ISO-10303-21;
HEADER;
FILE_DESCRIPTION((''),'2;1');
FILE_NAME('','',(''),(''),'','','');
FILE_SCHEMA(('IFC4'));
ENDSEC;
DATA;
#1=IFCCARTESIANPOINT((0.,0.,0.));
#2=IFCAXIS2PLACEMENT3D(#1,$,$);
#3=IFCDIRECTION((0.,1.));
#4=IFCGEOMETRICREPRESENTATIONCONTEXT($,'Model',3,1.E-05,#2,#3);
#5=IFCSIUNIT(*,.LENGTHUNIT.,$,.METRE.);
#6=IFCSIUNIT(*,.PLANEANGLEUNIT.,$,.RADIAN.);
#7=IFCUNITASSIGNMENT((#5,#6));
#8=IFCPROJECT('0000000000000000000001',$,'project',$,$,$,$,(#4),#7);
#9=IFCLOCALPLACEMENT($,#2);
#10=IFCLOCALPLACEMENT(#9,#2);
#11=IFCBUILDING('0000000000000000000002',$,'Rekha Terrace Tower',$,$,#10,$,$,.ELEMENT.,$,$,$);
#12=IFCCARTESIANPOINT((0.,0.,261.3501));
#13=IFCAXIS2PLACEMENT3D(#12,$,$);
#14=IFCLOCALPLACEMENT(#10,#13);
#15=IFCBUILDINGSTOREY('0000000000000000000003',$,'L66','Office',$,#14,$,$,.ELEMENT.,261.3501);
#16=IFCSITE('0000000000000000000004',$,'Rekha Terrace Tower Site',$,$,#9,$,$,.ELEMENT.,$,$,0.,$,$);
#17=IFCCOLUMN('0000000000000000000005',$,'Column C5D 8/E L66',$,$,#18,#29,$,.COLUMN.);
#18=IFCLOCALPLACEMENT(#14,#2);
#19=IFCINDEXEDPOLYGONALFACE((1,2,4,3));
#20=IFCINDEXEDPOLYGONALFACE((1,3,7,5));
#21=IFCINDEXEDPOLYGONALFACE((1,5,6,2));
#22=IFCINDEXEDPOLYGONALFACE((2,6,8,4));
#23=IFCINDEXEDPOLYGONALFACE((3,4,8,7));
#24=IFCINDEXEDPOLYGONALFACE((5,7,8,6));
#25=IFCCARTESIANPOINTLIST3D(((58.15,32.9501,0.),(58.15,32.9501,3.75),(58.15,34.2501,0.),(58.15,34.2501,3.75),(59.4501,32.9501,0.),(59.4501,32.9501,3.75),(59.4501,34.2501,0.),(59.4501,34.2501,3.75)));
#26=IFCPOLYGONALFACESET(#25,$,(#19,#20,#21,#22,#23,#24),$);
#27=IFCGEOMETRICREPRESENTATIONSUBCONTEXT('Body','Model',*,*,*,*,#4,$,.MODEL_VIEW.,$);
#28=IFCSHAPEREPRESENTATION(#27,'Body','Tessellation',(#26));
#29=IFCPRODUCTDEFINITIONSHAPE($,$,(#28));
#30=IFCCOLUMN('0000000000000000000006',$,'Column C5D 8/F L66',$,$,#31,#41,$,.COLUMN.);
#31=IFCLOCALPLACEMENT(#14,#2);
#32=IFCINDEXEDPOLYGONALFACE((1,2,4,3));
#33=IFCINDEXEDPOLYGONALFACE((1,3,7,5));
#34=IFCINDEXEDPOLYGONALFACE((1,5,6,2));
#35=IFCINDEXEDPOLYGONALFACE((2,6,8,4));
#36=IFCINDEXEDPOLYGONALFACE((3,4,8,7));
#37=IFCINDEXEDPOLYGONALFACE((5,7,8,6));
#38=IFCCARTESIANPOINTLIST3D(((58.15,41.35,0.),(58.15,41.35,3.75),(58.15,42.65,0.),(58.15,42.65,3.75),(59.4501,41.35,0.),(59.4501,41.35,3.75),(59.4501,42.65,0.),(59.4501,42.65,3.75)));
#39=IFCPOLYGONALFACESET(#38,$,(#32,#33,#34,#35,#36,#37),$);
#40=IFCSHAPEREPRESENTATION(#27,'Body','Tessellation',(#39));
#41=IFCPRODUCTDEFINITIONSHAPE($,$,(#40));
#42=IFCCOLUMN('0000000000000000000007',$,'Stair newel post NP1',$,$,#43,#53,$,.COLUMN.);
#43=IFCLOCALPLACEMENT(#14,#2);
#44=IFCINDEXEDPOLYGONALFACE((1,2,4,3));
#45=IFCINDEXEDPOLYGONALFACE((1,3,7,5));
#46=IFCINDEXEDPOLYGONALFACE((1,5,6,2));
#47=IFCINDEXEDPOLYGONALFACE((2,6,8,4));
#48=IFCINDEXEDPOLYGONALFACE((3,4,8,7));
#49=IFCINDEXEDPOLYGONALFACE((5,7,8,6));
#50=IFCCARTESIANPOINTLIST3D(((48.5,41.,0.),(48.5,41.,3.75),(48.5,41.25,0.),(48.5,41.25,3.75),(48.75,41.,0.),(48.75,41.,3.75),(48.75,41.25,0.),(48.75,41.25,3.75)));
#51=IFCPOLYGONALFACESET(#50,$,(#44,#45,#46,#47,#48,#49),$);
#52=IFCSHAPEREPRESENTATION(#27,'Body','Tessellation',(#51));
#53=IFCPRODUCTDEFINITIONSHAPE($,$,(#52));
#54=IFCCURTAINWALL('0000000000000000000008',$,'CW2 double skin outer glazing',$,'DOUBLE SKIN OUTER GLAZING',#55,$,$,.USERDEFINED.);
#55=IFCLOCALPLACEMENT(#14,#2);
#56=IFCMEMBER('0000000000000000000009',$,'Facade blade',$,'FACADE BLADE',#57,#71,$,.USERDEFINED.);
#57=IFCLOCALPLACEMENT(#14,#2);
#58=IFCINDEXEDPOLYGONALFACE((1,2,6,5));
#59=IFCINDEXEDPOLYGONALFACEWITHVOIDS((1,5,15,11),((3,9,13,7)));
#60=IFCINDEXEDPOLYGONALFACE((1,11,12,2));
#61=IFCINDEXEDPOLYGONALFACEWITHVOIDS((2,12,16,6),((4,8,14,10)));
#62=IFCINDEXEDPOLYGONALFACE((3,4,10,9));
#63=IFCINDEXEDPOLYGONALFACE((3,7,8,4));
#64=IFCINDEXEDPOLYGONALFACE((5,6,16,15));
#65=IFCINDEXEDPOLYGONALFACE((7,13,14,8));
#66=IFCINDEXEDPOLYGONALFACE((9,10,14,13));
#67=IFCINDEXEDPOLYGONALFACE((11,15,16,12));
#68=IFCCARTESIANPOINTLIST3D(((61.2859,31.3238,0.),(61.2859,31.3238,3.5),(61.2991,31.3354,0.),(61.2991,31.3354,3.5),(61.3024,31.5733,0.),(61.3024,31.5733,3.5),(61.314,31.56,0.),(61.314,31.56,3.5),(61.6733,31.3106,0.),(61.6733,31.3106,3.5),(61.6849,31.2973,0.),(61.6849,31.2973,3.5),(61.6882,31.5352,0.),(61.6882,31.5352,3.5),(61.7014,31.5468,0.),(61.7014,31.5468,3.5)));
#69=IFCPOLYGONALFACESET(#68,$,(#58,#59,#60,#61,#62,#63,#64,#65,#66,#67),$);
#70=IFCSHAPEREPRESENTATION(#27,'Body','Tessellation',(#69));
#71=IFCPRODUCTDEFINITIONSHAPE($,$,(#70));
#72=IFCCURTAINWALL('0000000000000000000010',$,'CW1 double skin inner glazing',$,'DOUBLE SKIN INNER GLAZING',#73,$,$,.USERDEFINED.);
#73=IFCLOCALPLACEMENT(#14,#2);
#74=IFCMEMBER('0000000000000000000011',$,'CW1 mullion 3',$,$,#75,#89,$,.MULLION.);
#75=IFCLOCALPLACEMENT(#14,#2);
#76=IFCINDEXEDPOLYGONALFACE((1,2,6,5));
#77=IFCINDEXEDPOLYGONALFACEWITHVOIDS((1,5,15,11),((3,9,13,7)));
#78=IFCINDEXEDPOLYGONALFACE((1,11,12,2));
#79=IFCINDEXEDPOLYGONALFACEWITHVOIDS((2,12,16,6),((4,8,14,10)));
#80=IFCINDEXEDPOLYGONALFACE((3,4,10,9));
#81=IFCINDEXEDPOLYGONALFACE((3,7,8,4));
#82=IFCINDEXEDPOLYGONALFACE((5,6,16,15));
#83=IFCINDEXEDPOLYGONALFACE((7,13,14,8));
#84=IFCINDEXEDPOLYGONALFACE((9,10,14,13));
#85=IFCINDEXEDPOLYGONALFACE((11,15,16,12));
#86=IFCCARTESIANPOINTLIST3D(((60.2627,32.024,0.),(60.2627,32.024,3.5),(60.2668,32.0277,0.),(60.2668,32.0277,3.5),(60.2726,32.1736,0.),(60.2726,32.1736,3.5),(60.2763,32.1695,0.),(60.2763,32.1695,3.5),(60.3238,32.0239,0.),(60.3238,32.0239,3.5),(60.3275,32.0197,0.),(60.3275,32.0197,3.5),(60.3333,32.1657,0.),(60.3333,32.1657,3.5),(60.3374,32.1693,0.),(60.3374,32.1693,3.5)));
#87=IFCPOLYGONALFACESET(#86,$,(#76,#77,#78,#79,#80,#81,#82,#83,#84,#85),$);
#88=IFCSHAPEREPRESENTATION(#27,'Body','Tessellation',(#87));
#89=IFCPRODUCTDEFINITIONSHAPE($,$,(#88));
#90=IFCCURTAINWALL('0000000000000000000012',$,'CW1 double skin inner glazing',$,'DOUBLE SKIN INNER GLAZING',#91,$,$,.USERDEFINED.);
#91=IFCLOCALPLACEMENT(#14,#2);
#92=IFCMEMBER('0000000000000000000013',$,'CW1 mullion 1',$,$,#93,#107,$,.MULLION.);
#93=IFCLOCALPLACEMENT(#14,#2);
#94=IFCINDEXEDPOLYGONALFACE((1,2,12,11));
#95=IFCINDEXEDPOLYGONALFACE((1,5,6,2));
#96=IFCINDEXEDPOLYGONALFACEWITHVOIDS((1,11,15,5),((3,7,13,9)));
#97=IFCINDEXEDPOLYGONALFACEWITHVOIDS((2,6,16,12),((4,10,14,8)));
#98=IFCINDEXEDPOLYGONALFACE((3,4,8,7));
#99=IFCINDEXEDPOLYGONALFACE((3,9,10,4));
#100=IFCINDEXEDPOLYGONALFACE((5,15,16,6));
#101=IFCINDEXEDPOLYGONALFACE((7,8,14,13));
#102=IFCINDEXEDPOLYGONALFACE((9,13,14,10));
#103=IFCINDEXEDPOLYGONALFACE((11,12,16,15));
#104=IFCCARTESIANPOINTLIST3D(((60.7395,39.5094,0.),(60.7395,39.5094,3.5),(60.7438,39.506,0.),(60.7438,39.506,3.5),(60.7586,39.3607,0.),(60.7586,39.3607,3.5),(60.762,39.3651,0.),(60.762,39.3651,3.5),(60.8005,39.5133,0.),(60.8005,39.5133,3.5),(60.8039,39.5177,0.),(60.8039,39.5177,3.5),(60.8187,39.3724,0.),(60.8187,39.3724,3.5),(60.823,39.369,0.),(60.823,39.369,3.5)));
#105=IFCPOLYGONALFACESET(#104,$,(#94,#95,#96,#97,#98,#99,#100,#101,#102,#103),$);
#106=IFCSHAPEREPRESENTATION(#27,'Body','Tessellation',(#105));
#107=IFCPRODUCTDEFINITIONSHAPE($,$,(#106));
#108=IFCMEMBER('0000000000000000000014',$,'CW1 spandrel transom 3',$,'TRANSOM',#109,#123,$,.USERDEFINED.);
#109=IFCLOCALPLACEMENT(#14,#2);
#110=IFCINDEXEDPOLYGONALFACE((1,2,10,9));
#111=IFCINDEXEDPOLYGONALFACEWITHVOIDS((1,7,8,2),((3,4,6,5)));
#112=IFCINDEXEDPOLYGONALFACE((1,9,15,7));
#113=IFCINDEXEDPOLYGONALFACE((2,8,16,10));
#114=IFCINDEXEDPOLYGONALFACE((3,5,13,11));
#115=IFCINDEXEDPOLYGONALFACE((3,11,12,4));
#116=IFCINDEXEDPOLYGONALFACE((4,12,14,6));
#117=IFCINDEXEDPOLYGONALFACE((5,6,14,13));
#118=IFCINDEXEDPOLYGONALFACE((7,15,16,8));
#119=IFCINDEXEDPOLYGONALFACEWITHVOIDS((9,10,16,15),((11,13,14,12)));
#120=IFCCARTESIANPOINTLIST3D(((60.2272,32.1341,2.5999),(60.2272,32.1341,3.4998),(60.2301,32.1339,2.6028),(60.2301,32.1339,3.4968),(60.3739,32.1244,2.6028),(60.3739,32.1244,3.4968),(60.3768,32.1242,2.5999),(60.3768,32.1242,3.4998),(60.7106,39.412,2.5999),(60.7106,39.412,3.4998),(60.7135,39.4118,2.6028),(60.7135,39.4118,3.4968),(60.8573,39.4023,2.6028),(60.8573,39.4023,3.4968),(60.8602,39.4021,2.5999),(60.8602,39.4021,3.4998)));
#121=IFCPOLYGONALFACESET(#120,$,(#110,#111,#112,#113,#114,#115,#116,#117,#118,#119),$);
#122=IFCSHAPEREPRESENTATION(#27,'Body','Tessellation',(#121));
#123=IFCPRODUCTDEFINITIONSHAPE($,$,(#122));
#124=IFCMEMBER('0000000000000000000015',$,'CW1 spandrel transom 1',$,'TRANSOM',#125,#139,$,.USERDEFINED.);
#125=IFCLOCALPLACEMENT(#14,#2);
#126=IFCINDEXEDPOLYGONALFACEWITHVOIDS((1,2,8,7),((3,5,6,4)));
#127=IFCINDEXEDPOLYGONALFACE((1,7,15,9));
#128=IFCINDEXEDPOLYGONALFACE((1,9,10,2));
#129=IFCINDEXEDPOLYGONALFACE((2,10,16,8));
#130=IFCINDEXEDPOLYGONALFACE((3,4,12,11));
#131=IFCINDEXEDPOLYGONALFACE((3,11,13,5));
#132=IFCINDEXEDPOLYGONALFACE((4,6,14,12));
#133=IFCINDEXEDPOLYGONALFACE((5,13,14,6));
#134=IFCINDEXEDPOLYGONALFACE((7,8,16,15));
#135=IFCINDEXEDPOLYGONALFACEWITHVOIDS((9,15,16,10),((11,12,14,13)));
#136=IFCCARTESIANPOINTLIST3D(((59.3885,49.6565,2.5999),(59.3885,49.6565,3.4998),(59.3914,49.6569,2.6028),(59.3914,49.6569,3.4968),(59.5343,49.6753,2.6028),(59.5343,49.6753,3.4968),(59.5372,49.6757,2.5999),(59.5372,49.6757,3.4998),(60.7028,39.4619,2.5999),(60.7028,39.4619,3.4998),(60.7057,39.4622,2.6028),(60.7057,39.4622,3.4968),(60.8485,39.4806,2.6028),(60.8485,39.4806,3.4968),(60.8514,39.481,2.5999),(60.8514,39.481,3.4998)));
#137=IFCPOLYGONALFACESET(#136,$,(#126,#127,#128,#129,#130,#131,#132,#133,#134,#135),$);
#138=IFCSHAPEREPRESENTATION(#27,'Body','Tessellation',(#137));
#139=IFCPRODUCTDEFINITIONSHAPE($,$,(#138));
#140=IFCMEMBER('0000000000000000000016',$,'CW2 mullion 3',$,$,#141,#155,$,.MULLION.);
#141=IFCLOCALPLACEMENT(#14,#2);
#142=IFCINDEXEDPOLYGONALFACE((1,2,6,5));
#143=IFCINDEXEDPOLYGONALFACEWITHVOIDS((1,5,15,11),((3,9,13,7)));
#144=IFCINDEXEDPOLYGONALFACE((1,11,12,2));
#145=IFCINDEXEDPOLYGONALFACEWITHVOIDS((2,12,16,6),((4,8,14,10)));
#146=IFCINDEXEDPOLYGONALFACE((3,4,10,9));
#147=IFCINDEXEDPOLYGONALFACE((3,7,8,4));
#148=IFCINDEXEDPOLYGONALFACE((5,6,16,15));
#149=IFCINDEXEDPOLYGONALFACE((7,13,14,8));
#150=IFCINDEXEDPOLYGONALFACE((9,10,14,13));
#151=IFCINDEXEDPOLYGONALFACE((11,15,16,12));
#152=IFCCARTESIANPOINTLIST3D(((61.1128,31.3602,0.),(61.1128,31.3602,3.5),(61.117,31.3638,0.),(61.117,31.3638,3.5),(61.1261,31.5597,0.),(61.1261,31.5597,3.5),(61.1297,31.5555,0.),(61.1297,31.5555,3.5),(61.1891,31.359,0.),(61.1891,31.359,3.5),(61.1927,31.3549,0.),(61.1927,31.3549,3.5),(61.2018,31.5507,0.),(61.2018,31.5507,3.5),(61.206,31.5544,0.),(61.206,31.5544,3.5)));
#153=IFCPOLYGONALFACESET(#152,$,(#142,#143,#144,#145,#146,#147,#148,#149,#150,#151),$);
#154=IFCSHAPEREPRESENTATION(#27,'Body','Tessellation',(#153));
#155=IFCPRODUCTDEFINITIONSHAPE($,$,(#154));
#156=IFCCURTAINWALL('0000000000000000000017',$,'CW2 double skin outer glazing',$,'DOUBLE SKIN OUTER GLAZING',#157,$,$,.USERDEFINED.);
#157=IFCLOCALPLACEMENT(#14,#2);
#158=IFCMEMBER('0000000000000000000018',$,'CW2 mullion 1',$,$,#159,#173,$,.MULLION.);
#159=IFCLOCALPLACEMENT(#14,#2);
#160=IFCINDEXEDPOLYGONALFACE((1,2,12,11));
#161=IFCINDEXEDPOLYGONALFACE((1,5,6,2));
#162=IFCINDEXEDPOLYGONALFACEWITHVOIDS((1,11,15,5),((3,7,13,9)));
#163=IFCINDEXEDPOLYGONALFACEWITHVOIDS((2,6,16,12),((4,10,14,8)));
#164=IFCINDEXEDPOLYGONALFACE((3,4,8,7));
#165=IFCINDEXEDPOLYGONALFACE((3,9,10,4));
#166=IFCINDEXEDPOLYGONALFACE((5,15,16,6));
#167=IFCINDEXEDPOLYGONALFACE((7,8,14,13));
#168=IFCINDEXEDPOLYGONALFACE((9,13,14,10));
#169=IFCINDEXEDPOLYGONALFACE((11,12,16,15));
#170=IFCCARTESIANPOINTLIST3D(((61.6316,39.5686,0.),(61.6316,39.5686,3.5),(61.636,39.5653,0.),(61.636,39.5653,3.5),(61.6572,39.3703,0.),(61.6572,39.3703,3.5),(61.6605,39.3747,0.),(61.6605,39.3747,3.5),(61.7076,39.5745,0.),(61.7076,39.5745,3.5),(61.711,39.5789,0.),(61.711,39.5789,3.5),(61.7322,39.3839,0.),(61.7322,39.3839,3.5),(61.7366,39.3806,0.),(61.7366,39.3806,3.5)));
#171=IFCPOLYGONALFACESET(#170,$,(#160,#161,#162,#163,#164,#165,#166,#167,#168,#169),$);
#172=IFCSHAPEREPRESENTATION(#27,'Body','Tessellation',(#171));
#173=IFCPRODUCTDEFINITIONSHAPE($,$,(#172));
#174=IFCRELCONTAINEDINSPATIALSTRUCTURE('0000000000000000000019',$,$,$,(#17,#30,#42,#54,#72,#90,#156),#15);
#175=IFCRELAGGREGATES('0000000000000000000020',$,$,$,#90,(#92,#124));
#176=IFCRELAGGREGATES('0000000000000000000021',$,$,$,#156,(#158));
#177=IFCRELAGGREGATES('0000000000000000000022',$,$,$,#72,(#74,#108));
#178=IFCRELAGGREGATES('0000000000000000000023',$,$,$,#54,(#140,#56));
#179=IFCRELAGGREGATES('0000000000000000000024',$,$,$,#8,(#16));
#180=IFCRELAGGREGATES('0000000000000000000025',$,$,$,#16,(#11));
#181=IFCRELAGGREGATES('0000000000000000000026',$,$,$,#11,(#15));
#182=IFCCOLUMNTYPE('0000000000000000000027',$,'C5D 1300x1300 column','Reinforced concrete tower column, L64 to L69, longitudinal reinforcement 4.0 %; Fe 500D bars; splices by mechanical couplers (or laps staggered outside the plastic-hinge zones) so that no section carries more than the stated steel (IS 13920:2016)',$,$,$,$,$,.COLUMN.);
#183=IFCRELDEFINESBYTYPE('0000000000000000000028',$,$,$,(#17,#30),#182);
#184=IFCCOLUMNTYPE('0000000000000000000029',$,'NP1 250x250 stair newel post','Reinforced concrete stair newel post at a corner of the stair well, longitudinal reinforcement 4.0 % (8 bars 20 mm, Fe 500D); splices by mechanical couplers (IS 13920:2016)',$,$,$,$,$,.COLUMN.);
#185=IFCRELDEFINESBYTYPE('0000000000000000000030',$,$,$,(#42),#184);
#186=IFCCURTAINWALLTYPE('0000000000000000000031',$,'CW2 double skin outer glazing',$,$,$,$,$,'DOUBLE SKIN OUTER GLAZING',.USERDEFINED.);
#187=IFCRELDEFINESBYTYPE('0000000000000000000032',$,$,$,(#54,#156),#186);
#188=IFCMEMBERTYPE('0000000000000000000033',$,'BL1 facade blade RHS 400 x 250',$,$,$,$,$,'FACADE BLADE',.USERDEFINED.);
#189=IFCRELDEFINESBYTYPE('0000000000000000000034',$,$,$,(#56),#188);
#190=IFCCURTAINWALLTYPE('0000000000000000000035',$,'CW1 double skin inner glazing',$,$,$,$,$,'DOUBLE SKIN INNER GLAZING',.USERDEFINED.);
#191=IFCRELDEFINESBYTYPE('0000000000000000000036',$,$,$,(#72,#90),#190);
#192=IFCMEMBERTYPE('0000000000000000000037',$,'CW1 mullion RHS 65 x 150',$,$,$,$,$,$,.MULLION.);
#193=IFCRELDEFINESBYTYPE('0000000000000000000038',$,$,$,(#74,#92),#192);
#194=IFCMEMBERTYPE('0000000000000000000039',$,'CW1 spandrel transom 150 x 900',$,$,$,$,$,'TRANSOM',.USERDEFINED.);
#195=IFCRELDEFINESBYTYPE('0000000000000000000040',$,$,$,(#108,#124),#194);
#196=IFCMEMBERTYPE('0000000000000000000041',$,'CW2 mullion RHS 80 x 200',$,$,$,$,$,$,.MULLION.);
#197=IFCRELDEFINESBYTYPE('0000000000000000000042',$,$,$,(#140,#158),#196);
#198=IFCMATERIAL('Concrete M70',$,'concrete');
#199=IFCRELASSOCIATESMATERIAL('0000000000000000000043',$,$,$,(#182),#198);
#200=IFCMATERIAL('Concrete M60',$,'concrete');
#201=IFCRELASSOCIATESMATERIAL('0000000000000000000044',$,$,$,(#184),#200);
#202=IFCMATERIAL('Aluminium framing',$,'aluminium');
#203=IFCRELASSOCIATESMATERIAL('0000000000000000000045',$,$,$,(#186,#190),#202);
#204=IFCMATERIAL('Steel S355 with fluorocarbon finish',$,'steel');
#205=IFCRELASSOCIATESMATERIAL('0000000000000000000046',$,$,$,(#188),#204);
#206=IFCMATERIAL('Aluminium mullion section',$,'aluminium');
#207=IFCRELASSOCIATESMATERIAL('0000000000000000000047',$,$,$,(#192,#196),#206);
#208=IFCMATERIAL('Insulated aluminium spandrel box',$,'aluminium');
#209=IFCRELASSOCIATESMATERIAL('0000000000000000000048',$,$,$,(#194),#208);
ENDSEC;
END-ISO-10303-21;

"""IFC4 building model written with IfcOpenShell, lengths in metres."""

from ifc_helpers import new_model, si_unit, direction, frame, origin, origin_2d, place, context, subcontext, project, spatial, rectangle, hollow_rectangle, extrude, material, material_profile, profile_set, type_object, element, aggregate, save


model = new_model("IFC4")

# Units and contexts
model_context = context("Model", 3, precision=1e-05, world=origin(), true_north=direction((0.0, 1.0)))
body_context = subcontext(model_context, "Body", "Model", "MODEL_VIEW")
ifc_project = project(units=[si_unit("LENGTHUNIT", "METRE"), si_unit("PLANEANGLEUNIT", "RADIAN")], contexts=[model_context])

# Site, building, storey
site_placement = place(None, origin())
site = spatial("IfcSite", under=ifc_project, at=site_placement, Name="Rekha Terrace Tower Site", CompositionType="ELEMENT", RefElevation=0.0)
building_placement = place(site_placement, origin())
building = spatial("IfcBuilding", under=site, at=building_placement, Name="Rekha Terrace Tower", CompositionType="ELEMENT")
storey_placement = place(building_placement, frame((0.0, 0.0, 261.3501)))
storey = spatial("IfcBuildingStorey", under=building, at=storey_placement, Name="L66", Description="Office", CompositionType="ELEMENT", Elevation=261.3501)

# Columns
ifc_material_1 = material(Name="Concrete M70", Category="concrete")
ifc_material_profile_1 = material_profile(ifc_material_1, rectangle(XDim=1.3, YDim=1.3, at=origin_2d()), Name="RC 1300x1300")
ifc_profile_set_1 = profile_set([ifc_material_profile_1], Name="Concrete M70")
column_type_1 = type_object("IfcColumnType", Name="C5D 1300x1300 column", Description="Reinforced concrete tower column, L64 to L69, longitudinal reinforcement 4.0 %; Fe 500D bars; splices by mechanical couplers (or laps staggered outside the plastic-hinge zones) so that no section carries more than the stated steel (IS 13920:2016)", PredefinedType="COLUMN", material=ifc_profile_set_1)
for number, where, z_axis, x_axis, name in (
    (1, (58.8, 33.6001, 0.0), (0.0, 0.0, 1.0), (1.0, 0.0, 0.0), "Column C5D 8/E L66"),
    (2, (58.8, 42.0, 0.0), (0.0, 0.0, 1.0), (1.0, 0.0, 0.0), "Column C5D 8/F L66"),
):
    element("IfcColumn", number, at=place(storey_placement, frame(where, z_axis=z_axis, x_axis=x_axis)), inside=storey, type_object=column_type_1, Name=name, PredefinedType="COLUMN", context=body_context, shape_type="SweptSolid", body=[
        extrude(rectangle(XDim=1.3, YDim=1.3, at=origin_2d()), origin(), (0.0, 0.0, 1.0), 3.75),
    ])
ifc_material_2 = material(Name="Concrete M60", Category="concrete")
ifc_material_profile_2 = material_profile(ifc_material_2, rectangle(XDim=0.25, YDim=0.25, at=origin_2d()), Name="RC 250x250")
ifc_profile_set_2 = profile_set([ifc_material_profile_2], Name="Concrete M60")
column_type_2 = type_object("IfcColumnType", Name="NP1 250x250 stair newel post", Description="Reinforced concrete stair newel post at a corner of the stair well, longitudinal reinforcement 4.0 % (8 bars 20 mm, Fe 500D); splices by mechanical couplers (IS 13920:2016)", PredefinedType="COLUMN", material=ifc_profile_set_2)
column_placement = place(storey_placement, frame((48.625, 41.125, 0.0), z_axis=(0.0, 0.0, 1.0), x_axis=(1.0, 0.0, 0.0)))
element("IfcColumn", 3, at=column_placement, inside=storey, type_object=column_type_2, Name="Stair newel post NP1", PredefinedType="COLUMN", context=body_context, shape_type="SweptSolid", body=[
    extrude(rectangle(XDim=0.25, YDim=0.25, at=origin_2d()), origin(), (0.0, 0.0, 1.0), 3.75),
])

# Curtain walls, members
ifc_material_3 = material(Name="Aluminium framing", Category="aluminium")
curtain_wall_type_1 = type_object("IfcCurtainWallType", Name="CW2 double skin outer glazing", ElementType="DOUBLE SKIN OUTER GLAZING", PredefinedType="USERDEFINED", material=ifc_material_3)
curtain_wall_1_placement = place(storey_placement, origin())
curtain_wall_1 = element("IfcCurtainWall", 4, at=curtain_wall_1_placement, inside=storey, type_object=curtain_wall_type_1, Name="CW2 double skin outer glazing", ObjectType="DOUBLE SKIN OUTER GLAZING", PredefinedType="USERDEFINED")
ifc_material_4 = material(Name="Steel S355 with fluorocarbon finish", Category="steel")
ifc_material_profile_3 = material_profile(ifc_material_4, hollow_rectangle(XDim=0.25, YDim=0.3999, WallThickness=0.0125, at=origin_2d()), Name="RHS400x250x12.5")
ifc_profile_set_3 = profile_set([ifc_material_profile_3], Name="Steel S355 with fluorocarbon finish")
member_type_1 = type_object("IfcMemberType", Name="BL1 facade blade RHS 400 x 250", ElementType="FACADE BLADE", PredefinedType="USERDEFINED", material=ifc_profile_set_3)
member_1_placement = place(storey_placement, frame((61.4937, 31.4353, 0.0), z_axis=(0.0, 0.0, 1.0), x_axis=(0.066272, 0.997802, 0.0)))
member_1 = element("IfcMember", 5, at=member_1_placement, type_object=member_type_1, Name="Facade blade", ObjectType="FACADE BLADE", PredefinedType="USERDEFINED", context=body_context, shape_type="SweptSolid", body=[
    extrude(hollow_rectangle(XDim=0.25, YDim=0.3999, WallThickness=0.0125, at=origin_2d()), origin(), (0.0, 0.0, 1.0), 3.5),
])
curtain_wall_type_2 = type_object("IfcCurtainWallType", Name="CW1 double skin inner glazing", ElementType="DOUBLE SKIN INNER GLAZING", PredefinedType="USERDEFINED", material=ifc_material_3)
curtain_wall_2_placement = place(storey_placement, origin())
curtain_wall_2 = element("IfcCurtainWall", 6, at=curtain_wall_2_placement, inside=storey, type_object=curtain_wall_type_2, Name="CW1 double skin inner glazing", ObjectType="DOUBLE SKIN INNER GLAZING", PredefinedType="USERDEFINED")
ifc_material_5 = material(Name="Aluminium mullion section", Category="aluminium")
ifc_material_profile_4 = material_profile(ifc_material_5, hollow_rectangle(XDim=0.0649, YDim=0.1499, WallThickness=0.0039, at=origin_2d()), Name="AL RHS 65x150")
ifc_profile_set_4 = profile_set([ifc_material_profile_4], Name="Aluminium mullion section")
member_type_2 = type_object("IfcMemberType", Name="CW1 mullion RHS 65 x 150", PredefinedType="MULLION", material=ifc_profile_set_4)
member_2_placement = place(storey_placement, frame((60.3, 32.0967, 0.0), z_axis=(0.0, 0.0, 1.0), x_axis=(-0.997802, 0.066272, 0.0)))
member_2 = element("IfcMember", 7, at=member_2_placement, type_object=member_type_2, Name="CW1 mullion 3", PredefinedType="MULLION", context=body_context, shape_type="SweptSolid", body=[
    extrude(hollow_rectangle(XDim=0.0649, YDim=0.1499, WallThickness=0.0039, at=origin_2d()), origin(), (0.0, 0.0, 1.0), 3.5),
])
curtain_wall_3_placement = place(storey_placement, origin())
curtain_wall_3 = element("IfcCurtainWall", 8, at=curtain_wall_3_placement, inside=storey, type_object=curtain_wall_type_2, Name="CW1 double skin inner glazing", ObjectType="DOUBLE SKIN INNER GLAZING", PredefinedType="USERDEFINED")
member_3_placement = place(storey_placement, frame((60.7812, 39.4392, 0.0), z_axis=(0.0, 0.0, 1.0), x_axis=(-0.991791, -0.12787, 0.0)))
member_3 = element("IfcMember", 9, at=member_3_placement, type_object=member_type_2, Name="CW1 mullion 1", PredefinedType="MULLION", context=body_context, shape_type="SweptSolid", body=[
    extrude(hollow_rectangle(XDim=0.0649, YDim=0.1499, WallThickness=0.0039, at=origin_2d()), origin(), (0.0, 0.0, 1.0), 3.5),
])

# Members
ifc_material_6 = material(Name="Insulated aluminium spandrel box", Category="aluminium")
ifc_material_profile_5 = material_profile(ifc_material_6, hollow_rectangle(XDim=0.1499, YDim=0.8999, WallThickness=0.0029, at=origin_2d()), Name="AL SPANDREL BOX 150x900")
ifc_profile_set_5 = profile_set([ifc_material_profile_5], Name="Insulated aluminium spandrel box")
member_type_3 = type_object("IfcMemberType", Name="CW1 spandrel transom 150 x 900", ElementType="TRANSOM", PredefinedType="USERDEFINED", material=ifc_profile_set_5)
member_4_placement = place(storey_placement, frame((60.302, 32.1292, 3.0498), z_axis=(0.066275, 0.997801, 0.0), x_axis=(-0.997801, 0.066275, 0.0)))
member_4 = element("IfcMember", 10, at=member_4_placement, type_object=member_type_3, Name="CW1 spandrel transom 3", ObjectType="TRANSOM", PredefinedType="USERDEFINED", context=body_context, shape_type="SweptSolid", body=[
    extrude(hollow_rectangle(XDim=0.1499, YDim=0.8999, WallThickness=0.0029, at=origin_2d()), origin(), (0.0, 0.0, 1.0), 7.2939),
])
member_5_placement = place(storey_placement, frame((60.7771, 39.4714, 3.0498), z_axis=(-0.127855, 0.991793, 0.0), x_axis=(-0.991793, -0.127855, 0.0)))
member_5 = element("IfcMember", 11, at=member_5_placement, type_object=member_type_3, Name="CW1 spandrel transom 1", ObjectType="TRANSOM", PredefinedType="USERDEFINED", context=body_context, shape_type="SweptSolid", body=[
    extrude(hollow_rectangle(XDim=0.1499, YDim=0.8999, WallThickness=0.0029, at=origin_2d()), origin(), (0.0, 0.0, 1.0), 10.2791),
])
aggregate(curtain_wall_3, [member_3, member_5])
ifc_material_profile_6 = material_profile(ifc_material_5, hollow_rectangle(XDim=0.0801, YDim=0.2, WallThickness=0.0039, at=origin_2d()), Name="AL RHS 80x200")
ifc_profile_set_6 = profile_set([ifc_material_profile_6], Name="Aluminium mullion section")
member_type_4 = type_object("IfcMemberType", Name="CW2 mullion RHS 80 x 200", PredefinedType="MULLION", material=ifc_profile_set_6)
member_6_placement = place(storey_placement, frame((61.1594, 31.4573, 0.0), z_axis=(0.0, 0.0, 1.0), x_axis=(-0.997802, 0.066272, 0.0)))
member_6 = element("IfcMember", 12, at=member_6_placement, type_object=member_type_4, Name="CW2 mullion 3", PredefinedType="MULLION", context=body_context, shape_type="SweptSolid", body=[
    extrude(hollow_rectangle(XDim=0.0801, YDim=0.2, WallThickness=0.0039, at=origin_2d()), origin(), (0.0, 0.0, 1.0), 3.5),
])

# Curtain wall, member
curtain_wall_4_placement = place(storey_placement, origin())
curtain_wall_4 = element("IfcCurtainWall", 13, at=curtain_wall_4_placement, inside=storey, type_object=curtain_wall_type_1, Name="CW2 double skin outer glazing", ObjectType="DOUBLE SKIN OUTER GLAZING", PredefinedType="USERDEFINED")
member_7_placement = place(storey_placement, frame((61.6841, 39.4746, 0.0), z_axis=(0.0, 0.0, 1.0), x_axis=(-0.991791, -0.12787, 0.0)))
member_7 = element("IfcMember", 14, at=member_7_placement, type_object=member_type_4, Name="CW2 mullion 1", PredefinedType="MULLION", context=body_context, shape_type="SweptSolid", body=[
    extrude(hollow_rectangle(XDim=0.0801, YDim=0.2, WallThickness=0.0039, at=origin_2d()), origin(), (0.0, 0.0, 1.0), 3.5),
])

aggregate(curtain_wall_4, [member_7])

aggregate(curtain_wall_2, [member_2, member_4])
aggregate(curtain_wall_1, [member_6, member_1])

save(model, "model.ifc")
